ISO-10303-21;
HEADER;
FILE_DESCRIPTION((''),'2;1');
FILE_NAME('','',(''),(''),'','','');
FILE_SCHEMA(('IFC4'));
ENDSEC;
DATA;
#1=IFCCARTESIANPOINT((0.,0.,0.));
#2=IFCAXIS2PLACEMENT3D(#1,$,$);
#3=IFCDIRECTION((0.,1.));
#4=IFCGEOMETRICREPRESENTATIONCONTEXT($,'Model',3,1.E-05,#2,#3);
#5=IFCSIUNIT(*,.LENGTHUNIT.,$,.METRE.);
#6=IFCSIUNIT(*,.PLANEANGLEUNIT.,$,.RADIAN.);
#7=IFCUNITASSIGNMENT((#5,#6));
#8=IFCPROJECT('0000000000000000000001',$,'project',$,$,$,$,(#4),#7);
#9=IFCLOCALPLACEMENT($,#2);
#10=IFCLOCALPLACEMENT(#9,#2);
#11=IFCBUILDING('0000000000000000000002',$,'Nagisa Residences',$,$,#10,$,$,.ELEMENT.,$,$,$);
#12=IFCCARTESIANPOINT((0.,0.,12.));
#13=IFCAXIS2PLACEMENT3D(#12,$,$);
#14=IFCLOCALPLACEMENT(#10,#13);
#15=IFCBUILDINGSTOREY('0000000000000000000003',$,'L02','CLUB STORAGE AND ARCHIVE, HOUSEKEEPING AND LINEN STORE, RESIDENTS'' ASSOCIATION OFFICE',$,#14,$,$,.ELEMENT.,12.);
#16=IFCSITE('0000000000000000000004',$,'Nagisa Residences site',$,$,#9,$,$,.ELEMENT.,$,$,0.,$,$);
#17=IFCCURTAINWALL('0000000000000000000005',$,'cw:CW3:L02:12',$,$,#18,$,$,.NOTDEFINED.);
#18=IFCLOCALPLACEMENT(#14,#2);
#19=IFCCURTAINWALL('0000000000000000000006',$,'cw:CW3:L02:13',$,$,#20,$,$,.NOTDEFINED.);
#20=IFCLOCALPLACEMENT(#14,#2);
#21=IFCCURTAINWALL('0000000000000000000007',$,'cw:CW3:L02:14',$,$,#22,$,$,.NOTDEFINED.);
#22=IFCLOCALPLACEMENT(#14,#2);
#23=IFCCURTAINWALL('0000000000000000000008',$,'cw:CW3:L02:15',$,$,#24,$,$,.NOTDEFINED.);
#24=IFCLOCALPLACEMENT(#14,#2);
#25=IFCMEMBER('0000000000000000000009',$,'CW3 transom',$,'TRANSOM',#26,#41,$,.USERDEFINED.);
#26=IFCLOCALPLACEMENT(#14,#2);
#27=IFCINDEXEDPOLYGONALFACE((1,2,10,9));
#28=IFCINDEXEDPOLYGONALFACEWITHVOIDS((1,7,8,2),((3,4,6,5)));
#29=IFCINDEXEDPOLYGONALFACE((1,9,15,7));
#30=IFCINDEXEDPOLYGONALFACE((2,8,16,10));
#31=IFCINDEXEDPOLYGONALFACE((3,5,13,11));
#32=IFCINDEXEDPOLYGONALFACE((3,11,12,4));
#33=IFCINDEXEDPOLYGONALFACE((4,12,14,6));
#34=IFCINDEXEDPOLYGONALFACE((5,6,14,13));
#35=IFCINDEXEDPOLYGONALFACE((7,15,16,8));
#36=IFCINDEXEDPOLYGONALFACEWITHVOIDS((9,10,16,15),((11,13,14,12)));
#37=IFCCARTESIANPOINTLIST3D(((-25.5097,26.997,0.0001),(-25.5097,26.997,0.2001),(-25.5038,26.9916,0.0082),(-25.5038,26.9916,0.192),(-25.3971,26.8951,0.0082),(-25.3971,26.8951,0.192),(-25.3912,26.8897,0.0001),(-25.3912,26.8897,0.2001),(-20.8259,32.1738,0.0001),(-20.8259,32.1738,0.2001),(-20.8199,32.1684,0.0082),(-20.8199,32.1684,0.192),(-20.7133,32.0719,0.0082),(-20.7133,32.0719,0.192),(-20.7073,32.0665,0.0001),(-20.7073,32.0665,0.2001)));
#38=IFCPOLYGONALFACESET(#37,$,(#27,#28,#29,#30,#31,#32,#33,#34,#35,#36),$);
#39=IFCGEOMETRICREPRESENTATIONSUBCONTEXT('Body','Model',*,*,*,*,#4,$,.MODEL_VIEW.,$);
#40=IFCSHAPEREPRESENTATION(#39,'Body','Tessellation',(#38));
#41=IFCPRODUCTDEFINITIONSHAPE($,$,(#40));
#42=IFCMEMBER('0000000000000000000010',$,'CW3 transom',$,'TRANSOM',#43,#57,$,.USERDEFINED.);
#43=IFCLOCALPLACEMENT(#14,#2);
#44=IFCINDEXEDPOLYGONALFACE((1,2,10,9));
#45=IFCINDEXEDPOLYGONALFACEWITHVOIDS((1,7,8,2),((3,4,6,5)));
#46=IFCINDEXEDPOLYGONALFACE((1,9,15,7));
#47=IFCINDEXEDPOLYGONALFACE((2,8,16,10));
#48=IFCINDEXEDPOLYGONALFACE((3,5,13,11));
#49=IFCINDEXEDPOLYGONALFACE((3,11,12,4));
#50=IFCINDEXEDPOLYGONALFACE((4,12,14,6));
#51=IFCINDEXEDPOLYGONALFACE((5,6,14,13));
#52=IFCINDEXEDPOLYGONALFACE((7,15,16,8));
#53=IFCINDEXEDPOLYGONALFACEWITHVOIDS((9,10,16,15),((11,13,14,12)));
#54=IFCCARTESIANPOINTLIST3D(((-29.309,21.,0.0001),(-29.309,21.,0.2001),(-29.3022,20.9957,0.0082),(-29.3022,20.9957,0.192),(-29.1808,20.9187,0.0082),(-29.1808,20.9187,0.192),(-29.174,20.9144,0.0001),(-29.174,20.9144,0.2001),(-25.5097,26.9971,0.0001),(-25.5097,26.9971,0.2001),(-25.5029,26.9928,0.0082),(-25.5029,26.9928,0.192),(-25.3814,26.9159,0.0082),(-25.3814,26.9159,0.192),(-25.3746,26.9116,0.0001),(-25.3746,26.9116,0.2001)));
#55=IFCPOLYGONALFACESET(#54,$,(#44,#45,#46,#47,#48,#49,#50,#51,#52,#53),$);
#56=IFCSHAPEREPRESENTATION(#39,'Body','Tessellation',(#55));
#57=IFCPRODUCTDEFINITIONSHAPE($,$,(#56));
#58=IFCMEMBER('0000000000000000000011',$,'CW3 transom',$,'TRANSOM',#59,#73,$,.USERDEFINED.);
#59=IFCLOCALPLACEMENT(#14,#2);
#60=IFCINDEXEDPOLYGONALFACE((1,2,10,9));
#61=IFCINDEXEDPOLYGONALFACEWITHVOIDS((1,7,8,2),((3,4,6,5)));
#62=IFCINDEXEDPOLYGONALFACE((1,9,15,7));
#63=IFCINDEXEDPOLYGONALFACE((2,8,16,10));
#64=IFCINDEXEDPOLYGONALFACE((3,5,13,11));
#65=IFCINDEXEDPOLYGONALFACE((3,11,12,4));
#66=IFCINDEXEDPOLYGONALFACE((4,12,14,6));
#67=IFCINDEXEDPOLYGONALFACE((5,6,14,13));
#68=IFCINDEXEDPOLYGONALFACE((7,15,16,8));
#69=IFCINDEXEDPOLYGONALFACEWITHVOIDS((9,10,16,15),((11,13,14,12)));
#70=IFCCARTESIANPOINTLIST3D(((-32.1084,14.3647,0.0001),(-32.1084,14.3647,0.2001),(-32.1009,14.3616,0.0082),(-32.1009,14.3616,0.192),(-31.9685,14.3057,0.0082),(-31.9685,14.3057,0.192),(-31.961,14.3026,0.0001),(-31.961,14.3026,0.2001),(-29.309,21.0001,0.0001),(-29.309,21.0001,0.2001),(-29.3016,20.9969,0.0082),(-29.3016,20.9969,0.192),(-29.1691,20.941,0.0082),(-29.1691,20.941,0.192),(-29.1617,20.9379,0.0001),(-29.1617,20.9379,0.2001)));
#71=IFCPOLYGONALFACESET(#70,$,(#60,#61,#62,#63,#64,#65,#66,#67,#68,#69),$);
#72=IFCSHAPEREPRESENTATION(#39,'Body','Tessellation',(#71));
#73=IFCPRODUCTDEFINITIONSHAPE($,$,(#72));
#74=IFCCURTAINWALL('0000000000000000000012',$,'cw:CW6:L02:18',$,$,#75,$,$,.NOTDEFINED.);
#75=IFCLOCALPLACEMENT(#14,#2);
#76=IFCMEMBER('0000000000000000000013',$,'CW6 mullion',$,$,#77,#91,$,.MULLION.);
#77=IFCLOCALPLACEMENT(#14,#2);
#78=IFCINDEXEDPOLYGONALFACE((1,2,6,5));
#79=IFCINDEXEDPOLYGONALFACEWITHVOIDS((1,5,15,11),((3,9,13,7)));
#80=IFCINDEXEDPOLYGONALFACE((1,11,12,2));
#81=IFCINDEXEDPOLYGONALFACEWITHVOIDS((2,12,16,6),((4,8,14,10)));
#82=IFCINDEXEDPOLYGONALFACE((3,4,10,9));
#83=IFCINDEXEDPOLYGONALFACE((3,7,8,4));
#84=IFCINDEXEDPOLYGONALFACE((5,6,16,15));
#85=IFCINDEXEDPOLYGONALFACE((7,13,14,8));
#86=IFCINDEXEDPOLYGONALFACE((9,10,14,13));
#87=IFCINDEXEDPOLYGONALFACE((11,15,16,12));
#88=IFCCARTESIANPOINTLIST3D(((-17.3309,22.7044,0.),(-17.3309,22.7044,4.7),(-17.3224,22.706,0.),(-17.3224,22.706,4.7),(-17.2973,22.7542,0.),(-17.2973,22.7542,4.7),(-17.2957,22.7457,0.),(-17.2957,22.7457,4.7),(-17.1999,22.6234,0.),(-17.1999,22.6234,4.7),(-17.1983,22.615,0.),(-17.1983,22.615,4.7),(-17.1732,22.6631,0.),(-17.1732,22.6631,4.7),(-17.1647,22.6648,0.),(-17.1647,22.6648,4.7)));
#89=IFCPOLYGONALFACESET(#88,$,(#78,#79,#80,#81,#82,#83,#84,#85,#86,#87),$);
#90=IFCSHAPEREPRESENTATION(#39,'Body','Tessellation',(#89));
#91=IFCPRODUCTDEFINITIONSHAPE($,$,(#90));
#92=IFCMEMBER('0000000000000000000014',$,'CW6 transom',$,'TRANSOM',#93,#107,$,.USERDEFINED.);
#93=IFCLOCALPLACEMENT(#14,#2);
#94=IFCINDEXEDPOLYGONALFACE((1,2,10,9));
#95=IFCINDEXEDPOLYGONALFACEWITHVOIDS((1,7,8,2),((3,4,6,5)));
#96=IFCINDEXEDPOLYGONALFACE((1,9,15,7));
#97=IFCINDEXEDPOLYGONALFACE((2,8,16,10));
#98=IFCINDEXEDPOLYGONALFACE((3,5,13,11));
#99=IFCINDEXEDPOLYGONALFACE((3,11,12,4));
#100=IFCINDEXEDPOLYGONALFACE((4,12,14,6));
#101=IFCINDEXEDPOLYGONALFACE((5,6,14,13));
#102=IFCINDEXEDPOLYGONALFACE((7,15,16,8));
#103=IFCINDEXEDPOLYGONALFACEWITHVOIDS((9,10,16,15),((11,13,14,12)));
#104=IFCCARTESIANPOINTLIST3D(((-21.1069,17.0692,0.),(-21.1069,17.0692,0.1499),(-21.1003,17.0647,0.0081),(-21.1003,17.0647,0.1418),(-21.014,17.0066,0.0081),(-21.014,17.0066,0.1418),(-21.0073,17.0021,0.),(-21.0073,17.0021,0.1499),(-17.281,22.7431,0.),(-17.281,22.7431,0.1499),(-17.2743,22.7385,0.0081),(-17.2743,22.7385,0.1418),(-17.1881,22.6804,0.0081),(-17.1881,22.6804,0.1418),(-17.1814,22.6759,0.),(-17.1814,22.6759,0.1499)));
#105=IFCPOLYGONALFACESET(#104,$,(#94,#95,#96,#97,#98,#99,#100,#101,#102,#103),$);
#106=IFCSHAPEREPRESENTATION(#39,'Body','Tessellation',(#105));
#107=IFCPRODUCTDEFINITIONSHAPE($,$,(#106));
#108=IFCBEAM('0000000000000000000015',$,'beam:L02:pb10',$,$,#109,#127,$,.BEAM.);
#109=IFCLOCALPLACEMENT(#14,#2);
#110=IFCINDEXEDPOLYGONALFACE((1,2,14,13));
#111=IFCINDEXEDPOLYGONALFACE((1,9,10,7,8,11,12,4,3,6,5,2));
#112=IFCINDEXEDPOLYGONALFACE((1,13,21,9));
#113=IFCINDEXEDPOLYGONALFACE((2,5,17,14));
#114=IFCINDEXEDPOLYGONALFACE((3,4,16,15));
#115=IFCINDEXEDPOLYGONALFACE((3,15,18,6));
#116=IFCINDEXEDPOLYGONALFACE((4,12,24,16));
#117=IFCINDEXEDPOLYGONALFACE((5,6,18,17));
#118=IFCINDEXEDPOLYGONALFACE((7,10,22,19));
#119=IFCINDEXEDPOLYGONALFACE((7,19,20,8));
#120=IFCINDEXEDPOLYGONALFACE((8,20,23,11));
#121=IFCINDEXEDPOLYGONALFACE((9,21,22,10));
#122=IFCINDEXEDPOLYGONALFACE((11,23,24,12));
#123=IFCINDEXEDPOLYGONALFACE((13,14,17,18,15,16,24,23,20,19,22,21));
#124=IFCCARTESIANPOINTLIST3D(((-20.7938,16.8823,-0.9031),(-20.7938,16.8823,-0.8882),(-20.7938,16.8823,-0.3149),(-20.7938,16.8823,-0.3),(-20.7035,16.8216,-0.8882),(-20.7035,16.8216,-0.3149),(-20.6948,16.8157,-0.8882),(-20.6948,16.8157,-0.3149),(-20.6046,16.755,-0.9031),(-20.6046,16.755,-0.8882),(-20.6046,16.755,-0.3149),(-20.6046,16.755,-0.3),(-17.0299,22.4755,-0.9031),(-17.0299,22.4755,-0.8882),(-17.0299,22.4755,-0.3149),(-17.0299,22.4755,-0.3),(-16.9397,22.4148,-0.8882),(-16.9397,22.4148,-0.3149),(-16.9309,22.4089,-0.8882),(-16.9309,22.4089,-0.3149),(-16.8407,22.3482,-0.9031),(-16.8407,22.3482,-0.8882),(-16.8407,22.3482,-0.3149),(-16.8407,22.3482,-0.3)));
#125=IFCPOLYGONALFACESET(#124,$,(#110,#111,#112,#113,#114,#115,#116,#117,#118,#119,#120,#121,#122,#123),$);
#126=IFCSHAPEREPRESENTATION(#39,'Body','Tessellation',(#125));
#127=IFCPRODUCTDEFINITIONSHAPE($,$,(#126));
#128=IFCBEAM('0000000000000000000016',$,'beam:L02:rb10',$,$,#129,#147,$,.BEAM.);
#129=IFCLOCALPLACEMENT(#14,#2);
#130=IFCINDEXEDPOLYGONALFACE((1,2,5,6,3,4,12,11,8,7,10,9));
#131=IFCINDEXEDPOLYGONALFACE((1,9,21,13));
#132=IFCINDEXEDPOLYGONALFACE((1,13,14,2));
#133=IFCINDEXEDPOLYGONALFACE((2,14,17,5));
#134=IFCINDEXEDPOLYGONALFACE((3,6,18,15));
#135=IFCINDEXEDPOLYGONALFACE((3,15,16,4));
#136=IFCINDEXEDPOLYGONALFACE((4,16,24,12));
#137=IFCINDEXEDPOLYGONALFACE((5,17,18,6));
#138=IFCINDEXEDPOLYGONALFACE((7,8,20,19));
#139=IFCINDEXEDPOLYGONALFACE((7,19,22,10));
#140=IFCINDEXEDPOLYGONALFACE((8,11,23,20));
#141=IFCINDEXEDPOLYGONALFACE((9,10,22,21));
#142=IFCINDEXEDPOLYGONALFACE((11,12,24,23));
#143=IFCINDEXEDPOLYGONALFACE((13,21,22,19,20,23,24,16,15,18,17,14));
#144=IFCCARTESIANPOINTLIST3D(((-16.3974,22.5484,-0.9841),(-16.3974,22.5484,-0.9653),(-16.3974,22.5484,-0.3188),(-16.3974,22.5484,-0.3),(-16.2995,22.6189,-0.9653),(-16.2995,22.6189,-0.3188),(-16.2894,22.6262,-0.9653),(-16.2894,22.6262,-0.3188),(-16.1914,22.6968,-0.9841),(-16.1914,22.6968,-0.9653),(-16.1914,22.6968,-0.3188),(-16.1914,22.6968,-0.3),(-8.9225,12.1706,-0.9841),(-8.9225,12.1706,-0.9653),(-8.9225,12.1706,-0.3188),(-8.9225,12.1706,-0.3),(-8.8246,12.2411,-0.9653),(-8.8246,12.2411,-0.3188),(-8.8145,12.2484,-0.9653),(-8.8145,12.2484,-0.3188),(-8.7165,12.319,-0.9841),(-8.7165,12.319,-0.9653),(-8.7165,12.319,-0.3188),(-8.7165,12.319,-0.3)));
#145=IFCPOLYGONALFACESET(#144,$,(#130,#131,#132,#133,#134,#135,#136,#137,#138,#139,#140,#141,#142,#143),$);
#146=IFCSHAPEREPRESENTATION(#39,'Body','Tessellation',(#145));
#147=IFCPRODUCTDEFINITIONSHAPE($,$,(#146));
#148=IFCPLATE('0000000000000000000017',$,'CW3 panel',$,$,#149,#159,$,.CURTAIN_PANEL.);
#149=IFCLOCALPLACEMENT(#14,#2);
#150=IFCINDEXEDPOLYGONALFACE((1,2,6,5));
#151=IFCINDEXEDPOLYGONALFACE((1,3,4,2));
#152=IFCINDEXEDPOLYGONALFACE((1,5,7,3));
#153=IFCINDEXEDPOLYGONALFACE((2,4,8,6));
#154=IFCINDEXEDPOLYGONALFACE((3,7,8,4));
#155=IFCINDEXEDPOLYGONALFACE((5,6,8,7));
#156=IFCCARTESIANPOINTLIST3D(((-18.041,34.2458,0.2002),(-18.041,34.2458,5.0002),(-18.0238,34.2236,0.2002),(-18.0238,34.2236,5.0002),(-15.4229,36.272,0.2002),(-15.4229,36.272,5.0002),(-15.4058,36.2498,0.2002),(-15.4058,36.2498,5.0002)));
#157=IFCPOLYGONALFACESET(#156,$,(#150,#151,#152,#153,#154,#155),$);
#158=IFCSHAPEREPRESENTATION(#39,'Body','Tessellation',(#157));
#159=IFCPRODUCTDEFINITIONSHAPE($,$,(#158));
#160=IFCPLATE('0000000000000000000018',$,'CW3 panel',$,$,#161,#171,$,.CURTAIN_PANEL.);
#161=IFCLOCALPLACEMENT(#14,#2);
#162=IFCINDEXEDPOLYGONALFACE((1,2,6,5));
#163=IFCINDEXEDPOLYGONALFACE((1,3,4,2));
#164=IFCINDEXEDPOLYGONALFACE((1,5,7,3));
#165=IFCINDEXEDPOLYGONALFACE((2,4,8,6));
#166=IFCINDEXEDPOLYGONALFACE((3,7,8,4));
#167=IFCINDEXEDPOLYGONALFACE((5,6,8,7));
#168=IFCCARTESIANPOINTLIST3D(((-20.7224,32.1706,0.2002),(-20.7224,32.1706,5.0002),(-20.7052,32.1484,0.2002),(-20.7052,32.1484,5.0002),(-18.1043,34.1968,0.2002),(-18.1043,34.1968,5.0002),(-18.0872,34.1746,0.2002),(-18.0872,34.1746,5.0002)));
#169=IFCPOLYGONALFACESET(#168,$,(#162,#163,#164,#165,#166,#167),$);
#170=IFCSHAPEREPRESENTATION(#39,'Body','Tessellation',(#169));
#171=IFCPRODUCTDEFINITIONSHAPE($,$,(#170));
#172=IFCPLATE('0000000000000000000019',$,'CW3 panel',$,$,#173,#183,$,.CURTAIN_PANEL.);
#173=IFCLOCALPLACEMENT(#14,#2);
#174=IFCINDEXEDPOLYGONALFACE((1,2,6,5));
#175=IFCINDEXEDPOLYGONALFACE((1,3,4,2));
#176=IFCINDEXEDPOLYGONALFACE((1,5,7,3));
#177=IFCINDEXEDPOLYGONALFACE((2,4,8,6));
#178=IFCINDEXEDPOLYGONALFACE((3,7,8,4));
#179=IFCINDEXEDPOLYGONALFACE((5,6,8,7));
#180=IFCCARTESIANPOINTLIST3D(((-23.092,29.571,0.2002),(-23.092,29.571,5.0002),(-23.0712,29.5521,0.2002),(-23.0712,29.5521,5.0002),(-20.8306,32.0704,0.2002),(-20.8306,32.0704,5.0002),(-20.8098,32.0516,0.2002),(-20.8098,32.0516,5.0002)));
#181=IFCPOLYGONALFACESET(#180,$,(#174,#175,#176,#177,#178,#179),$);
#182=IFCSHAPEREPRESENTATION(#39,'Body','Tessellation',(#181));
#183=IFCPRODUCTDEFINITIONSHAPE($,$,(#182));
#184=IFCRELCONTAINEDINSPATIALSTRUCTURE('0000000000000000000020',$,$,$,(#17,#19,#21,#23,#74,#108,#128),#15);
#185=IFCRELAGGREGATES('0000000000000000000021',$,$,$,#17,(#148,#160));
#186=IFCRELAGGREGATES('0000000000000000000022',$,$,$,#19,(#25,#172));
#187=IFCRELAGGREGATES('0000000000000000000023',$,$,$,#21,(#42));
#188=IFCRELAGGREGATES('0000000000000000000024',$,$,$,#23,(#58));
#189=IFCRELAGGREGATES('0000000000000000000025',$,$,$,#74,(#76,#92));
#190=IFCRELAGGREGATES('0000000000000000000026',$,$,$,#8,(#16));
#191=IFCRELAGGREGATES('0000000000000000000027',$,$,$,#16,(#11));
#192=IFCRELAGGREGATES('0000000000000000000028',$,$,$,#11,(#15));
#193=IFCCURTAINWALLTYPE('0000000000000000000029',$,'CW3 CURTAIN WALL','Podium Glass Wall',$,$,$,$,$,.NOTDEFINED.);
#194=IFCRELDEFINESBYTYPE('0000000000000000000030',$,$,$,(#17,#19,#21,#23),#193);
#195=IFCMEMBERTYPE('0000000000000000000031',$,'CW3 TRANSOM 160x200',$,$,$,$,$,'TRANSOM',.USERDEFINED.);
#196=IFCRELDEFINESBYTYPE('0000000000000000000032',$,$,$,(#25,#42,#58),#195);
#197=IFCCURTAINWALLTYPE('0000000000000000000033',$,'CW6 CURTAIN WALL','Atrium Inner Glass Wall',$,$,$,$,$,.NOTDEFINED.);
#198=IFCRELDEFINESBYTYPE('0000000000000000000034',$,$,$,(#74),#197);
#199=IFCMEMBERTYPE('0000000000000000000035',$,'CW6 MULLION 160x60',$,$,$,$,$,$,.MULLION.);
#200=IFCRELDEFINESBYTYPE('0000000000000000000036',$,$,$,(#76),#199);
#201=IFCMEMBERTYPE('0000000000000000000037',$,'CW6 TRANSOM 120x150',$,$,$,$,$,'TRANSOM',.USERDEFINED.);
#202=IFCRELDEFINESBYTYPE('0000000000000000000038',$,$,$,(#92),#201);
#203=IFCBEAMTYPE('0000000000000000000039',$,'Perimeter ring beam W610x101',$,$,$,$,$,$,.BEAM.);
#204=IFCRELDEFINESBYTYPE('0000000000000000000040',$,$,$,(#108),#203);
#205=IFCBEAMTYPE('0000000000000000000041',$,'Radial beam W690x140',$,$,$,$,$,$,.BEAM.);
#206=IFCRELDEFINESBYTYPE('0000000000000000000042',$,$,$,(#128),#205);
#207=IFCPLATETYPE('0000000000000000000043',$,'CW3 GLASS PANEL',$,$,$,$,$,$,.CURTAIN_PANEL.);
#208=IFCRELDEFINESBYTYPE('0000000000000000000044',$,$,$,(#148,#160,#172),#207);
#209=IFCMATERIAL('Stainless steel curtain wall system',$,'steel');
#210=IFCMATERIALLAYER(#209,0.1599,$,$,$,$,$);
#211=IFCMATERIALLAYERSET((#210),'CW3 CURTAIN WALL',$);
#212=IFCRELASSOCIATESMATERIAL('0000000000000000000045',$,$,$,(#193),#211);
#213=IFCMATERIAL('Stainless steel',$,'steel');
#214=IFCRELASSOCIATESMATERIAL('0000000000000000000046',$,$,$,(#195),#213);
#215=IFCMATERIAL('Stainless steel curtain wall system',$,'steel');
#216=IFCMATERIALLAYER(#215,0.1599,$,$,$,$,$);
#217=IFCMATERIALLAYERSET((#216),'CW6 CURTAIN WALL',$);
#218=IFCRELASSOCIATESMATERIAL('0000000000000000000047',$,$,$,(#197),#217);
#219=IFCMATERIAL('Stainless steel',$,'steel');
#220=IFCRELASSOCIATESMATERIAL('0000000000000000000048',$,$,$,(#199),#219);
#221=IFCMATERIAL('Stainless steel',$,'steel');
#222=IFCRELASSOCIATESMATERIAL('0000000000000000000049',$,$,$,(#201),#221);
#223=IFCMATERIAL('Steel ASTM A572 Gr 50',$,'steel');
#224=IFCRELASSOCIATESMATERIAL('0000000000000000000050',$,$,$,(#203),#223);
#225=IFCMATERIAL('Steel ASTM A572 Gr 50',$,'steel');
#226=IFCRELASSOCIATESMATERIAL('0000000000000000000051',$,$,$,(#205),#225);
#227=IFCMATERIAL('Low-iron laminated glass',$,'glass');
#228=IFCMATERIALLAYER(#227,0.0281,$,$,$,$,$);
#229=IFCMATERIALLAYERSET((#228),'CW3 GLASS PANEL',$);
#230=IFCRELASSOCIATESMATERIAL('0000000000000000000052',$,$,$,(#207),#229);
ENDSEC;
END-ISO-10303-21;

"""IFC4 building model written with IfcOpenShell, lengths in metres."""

from ifc_helpers import new_model, si_unit, direction, frame, origin, origin_2d, place, context, subcontext, project, spatial, rectangle, hollow_rectangle, i_section, extrude, material, layer, layer_set, material_profile, profile_set, type_object, element, aggregate, save


model = new_model("IFC4")

# Units and contexts
model_context = context("Model", 3, precision=1e-05, world=origin(), true_north=direction((0.0, 1.0)))
body_context = subcontext(model_context, "Body", "Model", "MODEL_VIEW")
ifc_project = project(units=[si_unit("LENGTHUNIT", "METRE"), si_unit("PLANEANGLEUNIT", "RADIAN")], contexts=[model_context])

# Site, building, storey
site_placement = place(None, origin())
site = spatial("IfcSite", under=ifc_project, at=site_placement, Name="Nagisa Residences site", CompositionType="ELEMENT", RefElevation=0.0)
building_placement = place(site_placement, origin())
building = spatial("IfcBuilding", under=site, at=building_placement, Name="Nagisa Residences", CompositionType="ELEMENT")
storey_placement = place(building_placement, frame((0.0, 0.0, 12.0)))
storey = spatial("IfcBuildingStorey", under=building, at=storey_placement, Name="L02", Description="CLUB STORAGE AND ARCHIVE, HOUSEKEEPING AND LINEN STORE, RESIDENTS' ASSOCIATION OFFICE", CompositionType="ELEMENT", Elevation=12.0)

# Curtain walls
ifc_material_1 = material(Name="Stainless steel curtain wall system", Category="steel")
ifc_layer_1 = layer(ifc_material_1, 0.1599)
ifc_layer_set_1 = layer_set([ifc_layer_1], Name="CW3 CURTAIN WALL")
curtain_wall_type_1 = type_object("IfcCurtainWallType", Name="CW3 CURTAIN WALL", Description="Podium Glass Wall", PredefinedType="NOTDEFINED", material=ifc_layer_set_1)
curtain_wall_1_placement = place(storey_placement, origin())
curtain_wall_1 = element("IfcCurtainWall", 1, at=curtain_wall_1_placement, inside=storey, type_object=curtain_wall_type_1, Name="cw:CW3:L02:12", PredefinedType="NOTDEFINED")
curtain_wall_2_placement = place(storey_placement, origin())
curtain_wall_2 = element("IfcCurtainWall", 2, at=curtain_wall_2_placement, inside=storey, type_object=curtain_wall_type_1, Name="cw:CW3:L02:13", PredefinedType="NOTDEFINED")
curtain_wall_3_placement = place(storey_placement, origin())
curtain_wall_3 = element("IfcCurtainWall", 3, at=curtain_wall_3_placement, inside=storey, type_object=curtain_wall_type_1, Name="cw:CW3:L02:14", PredefinedType="NOTDEFINED")
curtain_wall_4_placement = place(storey_placement, origin())
curtain_wall_4 = element("IfcCurtainWall", 4, at=curtain_wall_4_placement, inside=storey, type_object=curtain_wall_type_1, Name="cw:CW3:L02:15", PredefinedType="NOTDEFINED")

# Members
ifc_material_2 = material(Name="Stainless steel", Category="steel")
ifc_material_profile_1 = material_profile(ifc_material_2, hollow_rectangle(XDim=0.1599, YDim=0.2, WallThickness=0.0081, at=origin_2d()), Name="CW3 TRANSOM 160x200")
ifc_profile_set_1 = profile_set([ifc_material_profile_1], Name="Stainless steel")
member_type_1 = type_object("IfcMemberType", Name="CW3 TRANSOM 160x200", ElementType="TRANSOM", PredefinedType="USERDEFINED", material=ifc_profile_set_1)
member_1_placement = place(storey_placement, frame((-20.7666, 32.1201, 0.1001), z_axis=(-0.670922, -0.741528, 0.0), x_axis=(0.741528, -0.670922, 0.0)))
member_1 = element("IfcMember", 5, at=member_1_placement, type_object=member_type_1, Name="CW3 transom", ObjectType="TRANSOM", PredefinedType="USERDEFINED", context=body_context, shape_type="SweptSolid", body=[
    extrude(hollow_rectangle(XDim=0.1599, YDim=0.2, WallThickness=0.0081, at=origin_2d()), origin(), (0.0, 0.0, 1.0), 6.9812),
])
member_2_placement = place(storey_placement, frame((-25.4421, 26.9543, 0.1001), z_axis=(-0.53517, -0.844744, 0.0), x_axis=(0.844744, -0.53517, 0.0)))
member_2 = element("IfcMember", 6, at=member_2_placement, type_object=member_type_1, Name="CW3 transom", ObjectType="TRANSOM", PredefinedType="USERDEFINED", context=body_context, shape_type="SweptSolid", body=[
    extrude(hollow_rectangle(XDim=0.1599, YDim=0.2, WallThickness=0.0081, at=origin_2d()), origin(), (0.0, 0.0, 1.0), 7.0994),
])
member_3_placement = place(storey_placement, frame((-29.2354, 20.969, 0.1001), z_axis=(-0.388709, -0.921361, 0.0), x_axis=(0.921361, -0.388709, 0.0)))
member_3 = element("IfcMember", 7, at=member_3_placement, type_object=member_type_1, Name="CW3 transom", ObjectType="TRANSOM", PredefinedType="USERDEFINED", context=body_context, shape_type="SweptSolid", body=[
    extrude(hollow_rectangle(XDim=0.1599, YDim=0.2, WallThickness=0.0081, at=origin_2d()), origin(), (0.0, 0.0, 1.0), 7.2017),
])

# Curtain wall, members
ifc_material_3 = material(Name="Stainless steel curtain wall system", Category="steel")
ifc_layer_2 = layer(ifc_material_3, 0.1599)
ifc_layer_set_2 = layer_set([ifc_layer_2], Name="CW6 CURTAIN WALL")
curtain_wall_type_2 = type_object("IfcCurtainWallType", Name="CW6 CURTAIN WALL", Description="Atrium Inner Glass Wall", PredefinedType="NOTDEFINED", material=ifc_layer_set_2)
curtain_wall_5_placement = place(storey_placement, origin())
curtain_wall_5 = element("IfcCurtainWall", 8, at=curtain_wall_5_placement, inside=storey, type_object=curtain_wall_type_2, Name="cw:CW6:L02:18", PredefinedType="NOTDEFINED")
ifc_material_4 = material(Name="Stainless steel", Category="steel")
ifc_material_profile_2 = material_profile(ifc_material_4, hollow_rectangle(XDim=0.1599, YDim=0.0601, WallThickness=0.0061, at=origin_2d()), Name="CW6 MULLION 160x60")
ifc_profile_set_2 = profile_set([ifc_material_profile_2], Name="Stainless steel")
member_type_2 = type_object("IfcMemberType", Name="CW6 MULLION 160x60", PredefinedType="MULLION", material=ifc_profile_set_2)
member_4_placement = place(storey_placement, frame((-17.2478, 22.6846, 0.0), z_axis=(0.0, 0.0, 1.0), x_axis=(0.829111, -0.559084, 0.0)))
member_4 = element("IfcMember", 9, at=member_4_placement, type_object=member_type_2, Name="CW6 mullion", PredefinedType="MULLION", context=body_context, shape_type="SweptSolid", body=[
    extrude(hollow_rectangle(XDim=0.1599, YDim=0.0601, WallThickness=0.0061, at=origin_2d()), origin(), (0.0, 0.0, 1.0), 4.7),
])
ifc_material_5 = material(Name="Stainless steel", Category="steel")
ifc_material_profile_3 = material_profile(ifc_material_5, hollow_rectangle(XDim=0.1201, YDim=0.1499, WallThickness=0.0081, at=origin_2d()), Name="CW6 TRANSOM 120x150")
ifc_profile_set_3 = profile_set([ifc_material_profile_3], Name="Stainless steel")
member_type_3 = type_object("IfcMemberType", Name="CW6 TRANSOM 120x150", ElementType="TRANSOM", PredefinedType="USERDEFINED", material=ifc_profile_set_3)
member_5_placement = place(storey_placement, frame((-17.2312, 22.7095, 0.075), z_axis=(-0.559081, -0.829113, 0.0), x_axis=(0.829113, -0.559081, 0.0)))
member_5 = element("IfcMember", 10, at=member_5_placement, type_object=member_type_3, Name="CW6 transom", ObjectType="TRANSOM", PredefinedType="USERDEFINED", context=body_context, shape_type="SweptSolid", body=[
    extrude(hollow_rectangle(XDim=0.1201, YDim=0.1499, WallThickness=0.0081, at=origin_2d()), origin(), (0.0, 0.0, 1.0), 6.8433),
])

# Beams
ifc_material_6 = material(Name="Steel ASTM A572 Gr 50", Category="steel")
ifc_material_profile_4 = material_profile(ifc_material_6, i_section(OverallWidth=0.228, OverallDepth=0.603, WebThickness=0.0105, FlangeThickness=0.0149, at=origin_2d()), Name="W610x101")
ifc_profile_set_4 = profile_set([ifc_material_profile_4], Name="Steel ASTM A572 Gr 50")
beam_type_1 = type_object("IfcBeamType", Name="Perimeter ring beam W610x101", PredefinedType="BEAM", material=ifc_profile_set_4)
beam_1_placement = place(storey_placement, frame((-16.9353, 22.4119, -0.6016), z_axis=(-0.558297, -0.829641, 0.0), x_axis=(0.829641, -0.558297, 0.0)))
element("IfcBeam", 11, at=beam_1_placement, inside=storey, type_object=beam_type_1, Name="beam:L02:pb10", PredefinedType="BEAM", context=body_context, shape_type="SweptSolid", body=[
    extrude(i_section(OverallWidth=0.228, OverallDepth=0.603, WebThickness=0.0105, FlangeThickness=0.0149, at=origin_2d()), origin(), (0.0, 0.0, 1.0), 6.7417),
])
ifc_material_7 = material(Name="Steel ASTM A572 Gr 50", Category="steel")
ifc_material_profile_5 = material_profile(ifc_material_7, i_section(OverallWidth=0.2539, OverallDepth=0.6841, WebThickness=0.0125, FlangeThickness=0.0188, at=origin_2d()), Name="W690x140")
ifc_profile_set_5 = profile_set([ifc_material_profile_5], Name="Steel ASTM A572 Gr 50")
beam_type_2 = type_object("IfcBeamType", Name="Radial beam W690x140", PredefinedType="BEAM", material=ifc_profile_set_5)
beam_2_placement = place(storey_placement, frame((-16.2944, 22.6226, -0.6421), z_axis=(0.584455, -0.811426, 0.0), x_axis=(0.811426, 0.584455, 0.0)))
element("IfcBeam", 12, at=beam_2_placement, inside=storey, type_object=beam_type_2, Name="beam:L02:rb10", PredefinedType="BEAM", context=body_context, shape_type="SweptSolid", body=[
    extrude(i_section(OverallWidth=0.2539, OverallDepth=0.6841, WebThickness=0.0125, FlangeThickness=0.0188, at=origin_2d()), origin(), (0.0, 0.0, 1.0), 12.7896),
])

# Plates
ifc_material_8 = material(Name="Low-iron laminated glass", Category="glass")
ifc_layer_3 = layer(ifc_material_8, 0.0281)
ifc_layer_set_3 = layer_set([ifc_layer_3], Name="CW3 GLASS PANEL")
plate_type_1 = type_object("IfcPlateType", Name="CW3 GLASS PANEL", PredefinedType="CURTAIN_PANEL", material=ifc_layer_set_3)
plate_1_placement = place(storey_placement, frame((-16.7234, 35.2478, 0.2002), z_axis=(0.0, 0.0, 1.0), x_axis=(-0.790831, -0.612035, 0.0)))
plate_1 = element("IfcPlate", 13, at=plate_1_placement, type_object=plate_type_1, Name="CW3 panel", PredefinedType="CURTAIN_PANEL", context=body_context, shape_type="SweptSolid", body=[
    extrude(rectangle(XDim=3.3105, YDim=0.0281, at=origin_2d()), origin(), (0.0, 0.0, 1.0), 4.8),
])
plate_2_placement = place(storey_placement, frame((-19.4048, 33.1726, 0.2002), z_axis=(0.0, 0.0, 1.0), x_axis=(-0.790831, -0.612035, 0.0)))
plate_2 = element("IfcPlate", 14, at=plate_2_placement, type_object=plate_type_1, Name="CW3 panel", PredefinedType="CURTAIN_PANEL", context=body_context, shape_type="SweptSolid", body=[
    extrude(rectangle(XDim=3.3105, YDim=0.0281, at=origin_2d()), origin(), (0.0, 0.0, 1.0), 4.8),
])
aggregate(curtain_wall_1, [plate_1, plate_2])
plate_3_placement = place(storey_placement, frame((-21.9509, 30.8113, 0.2002), z_axis=(0.0, 0.0, 1.0), x_axis=(-0.670913, -0.741536, 0.0)))
plate_3 = element("IfcPlate", 15, at=plate_3_placement, type_object=plate_type_1, Name="CW3 panel", PredefinedType="CURTAIN_PANEL", context=body_context, shape_type="SweptSolid", body=[
    extrude(rectangle(XDim=3.3706, YDim=0.0281, at=origin_2d()), origin(), (0.0, 0.0, 1.0), 4.8),
])
aggregate(curtain_wall_2, [member_1, plate_3])
aggregate(curtain_wall_3, [member_2])
aggregate(curtain_wall_4, [member_3])
aggregate(curtain_wall_5, [member_4, member_5])

save(model, "model.ifc")
